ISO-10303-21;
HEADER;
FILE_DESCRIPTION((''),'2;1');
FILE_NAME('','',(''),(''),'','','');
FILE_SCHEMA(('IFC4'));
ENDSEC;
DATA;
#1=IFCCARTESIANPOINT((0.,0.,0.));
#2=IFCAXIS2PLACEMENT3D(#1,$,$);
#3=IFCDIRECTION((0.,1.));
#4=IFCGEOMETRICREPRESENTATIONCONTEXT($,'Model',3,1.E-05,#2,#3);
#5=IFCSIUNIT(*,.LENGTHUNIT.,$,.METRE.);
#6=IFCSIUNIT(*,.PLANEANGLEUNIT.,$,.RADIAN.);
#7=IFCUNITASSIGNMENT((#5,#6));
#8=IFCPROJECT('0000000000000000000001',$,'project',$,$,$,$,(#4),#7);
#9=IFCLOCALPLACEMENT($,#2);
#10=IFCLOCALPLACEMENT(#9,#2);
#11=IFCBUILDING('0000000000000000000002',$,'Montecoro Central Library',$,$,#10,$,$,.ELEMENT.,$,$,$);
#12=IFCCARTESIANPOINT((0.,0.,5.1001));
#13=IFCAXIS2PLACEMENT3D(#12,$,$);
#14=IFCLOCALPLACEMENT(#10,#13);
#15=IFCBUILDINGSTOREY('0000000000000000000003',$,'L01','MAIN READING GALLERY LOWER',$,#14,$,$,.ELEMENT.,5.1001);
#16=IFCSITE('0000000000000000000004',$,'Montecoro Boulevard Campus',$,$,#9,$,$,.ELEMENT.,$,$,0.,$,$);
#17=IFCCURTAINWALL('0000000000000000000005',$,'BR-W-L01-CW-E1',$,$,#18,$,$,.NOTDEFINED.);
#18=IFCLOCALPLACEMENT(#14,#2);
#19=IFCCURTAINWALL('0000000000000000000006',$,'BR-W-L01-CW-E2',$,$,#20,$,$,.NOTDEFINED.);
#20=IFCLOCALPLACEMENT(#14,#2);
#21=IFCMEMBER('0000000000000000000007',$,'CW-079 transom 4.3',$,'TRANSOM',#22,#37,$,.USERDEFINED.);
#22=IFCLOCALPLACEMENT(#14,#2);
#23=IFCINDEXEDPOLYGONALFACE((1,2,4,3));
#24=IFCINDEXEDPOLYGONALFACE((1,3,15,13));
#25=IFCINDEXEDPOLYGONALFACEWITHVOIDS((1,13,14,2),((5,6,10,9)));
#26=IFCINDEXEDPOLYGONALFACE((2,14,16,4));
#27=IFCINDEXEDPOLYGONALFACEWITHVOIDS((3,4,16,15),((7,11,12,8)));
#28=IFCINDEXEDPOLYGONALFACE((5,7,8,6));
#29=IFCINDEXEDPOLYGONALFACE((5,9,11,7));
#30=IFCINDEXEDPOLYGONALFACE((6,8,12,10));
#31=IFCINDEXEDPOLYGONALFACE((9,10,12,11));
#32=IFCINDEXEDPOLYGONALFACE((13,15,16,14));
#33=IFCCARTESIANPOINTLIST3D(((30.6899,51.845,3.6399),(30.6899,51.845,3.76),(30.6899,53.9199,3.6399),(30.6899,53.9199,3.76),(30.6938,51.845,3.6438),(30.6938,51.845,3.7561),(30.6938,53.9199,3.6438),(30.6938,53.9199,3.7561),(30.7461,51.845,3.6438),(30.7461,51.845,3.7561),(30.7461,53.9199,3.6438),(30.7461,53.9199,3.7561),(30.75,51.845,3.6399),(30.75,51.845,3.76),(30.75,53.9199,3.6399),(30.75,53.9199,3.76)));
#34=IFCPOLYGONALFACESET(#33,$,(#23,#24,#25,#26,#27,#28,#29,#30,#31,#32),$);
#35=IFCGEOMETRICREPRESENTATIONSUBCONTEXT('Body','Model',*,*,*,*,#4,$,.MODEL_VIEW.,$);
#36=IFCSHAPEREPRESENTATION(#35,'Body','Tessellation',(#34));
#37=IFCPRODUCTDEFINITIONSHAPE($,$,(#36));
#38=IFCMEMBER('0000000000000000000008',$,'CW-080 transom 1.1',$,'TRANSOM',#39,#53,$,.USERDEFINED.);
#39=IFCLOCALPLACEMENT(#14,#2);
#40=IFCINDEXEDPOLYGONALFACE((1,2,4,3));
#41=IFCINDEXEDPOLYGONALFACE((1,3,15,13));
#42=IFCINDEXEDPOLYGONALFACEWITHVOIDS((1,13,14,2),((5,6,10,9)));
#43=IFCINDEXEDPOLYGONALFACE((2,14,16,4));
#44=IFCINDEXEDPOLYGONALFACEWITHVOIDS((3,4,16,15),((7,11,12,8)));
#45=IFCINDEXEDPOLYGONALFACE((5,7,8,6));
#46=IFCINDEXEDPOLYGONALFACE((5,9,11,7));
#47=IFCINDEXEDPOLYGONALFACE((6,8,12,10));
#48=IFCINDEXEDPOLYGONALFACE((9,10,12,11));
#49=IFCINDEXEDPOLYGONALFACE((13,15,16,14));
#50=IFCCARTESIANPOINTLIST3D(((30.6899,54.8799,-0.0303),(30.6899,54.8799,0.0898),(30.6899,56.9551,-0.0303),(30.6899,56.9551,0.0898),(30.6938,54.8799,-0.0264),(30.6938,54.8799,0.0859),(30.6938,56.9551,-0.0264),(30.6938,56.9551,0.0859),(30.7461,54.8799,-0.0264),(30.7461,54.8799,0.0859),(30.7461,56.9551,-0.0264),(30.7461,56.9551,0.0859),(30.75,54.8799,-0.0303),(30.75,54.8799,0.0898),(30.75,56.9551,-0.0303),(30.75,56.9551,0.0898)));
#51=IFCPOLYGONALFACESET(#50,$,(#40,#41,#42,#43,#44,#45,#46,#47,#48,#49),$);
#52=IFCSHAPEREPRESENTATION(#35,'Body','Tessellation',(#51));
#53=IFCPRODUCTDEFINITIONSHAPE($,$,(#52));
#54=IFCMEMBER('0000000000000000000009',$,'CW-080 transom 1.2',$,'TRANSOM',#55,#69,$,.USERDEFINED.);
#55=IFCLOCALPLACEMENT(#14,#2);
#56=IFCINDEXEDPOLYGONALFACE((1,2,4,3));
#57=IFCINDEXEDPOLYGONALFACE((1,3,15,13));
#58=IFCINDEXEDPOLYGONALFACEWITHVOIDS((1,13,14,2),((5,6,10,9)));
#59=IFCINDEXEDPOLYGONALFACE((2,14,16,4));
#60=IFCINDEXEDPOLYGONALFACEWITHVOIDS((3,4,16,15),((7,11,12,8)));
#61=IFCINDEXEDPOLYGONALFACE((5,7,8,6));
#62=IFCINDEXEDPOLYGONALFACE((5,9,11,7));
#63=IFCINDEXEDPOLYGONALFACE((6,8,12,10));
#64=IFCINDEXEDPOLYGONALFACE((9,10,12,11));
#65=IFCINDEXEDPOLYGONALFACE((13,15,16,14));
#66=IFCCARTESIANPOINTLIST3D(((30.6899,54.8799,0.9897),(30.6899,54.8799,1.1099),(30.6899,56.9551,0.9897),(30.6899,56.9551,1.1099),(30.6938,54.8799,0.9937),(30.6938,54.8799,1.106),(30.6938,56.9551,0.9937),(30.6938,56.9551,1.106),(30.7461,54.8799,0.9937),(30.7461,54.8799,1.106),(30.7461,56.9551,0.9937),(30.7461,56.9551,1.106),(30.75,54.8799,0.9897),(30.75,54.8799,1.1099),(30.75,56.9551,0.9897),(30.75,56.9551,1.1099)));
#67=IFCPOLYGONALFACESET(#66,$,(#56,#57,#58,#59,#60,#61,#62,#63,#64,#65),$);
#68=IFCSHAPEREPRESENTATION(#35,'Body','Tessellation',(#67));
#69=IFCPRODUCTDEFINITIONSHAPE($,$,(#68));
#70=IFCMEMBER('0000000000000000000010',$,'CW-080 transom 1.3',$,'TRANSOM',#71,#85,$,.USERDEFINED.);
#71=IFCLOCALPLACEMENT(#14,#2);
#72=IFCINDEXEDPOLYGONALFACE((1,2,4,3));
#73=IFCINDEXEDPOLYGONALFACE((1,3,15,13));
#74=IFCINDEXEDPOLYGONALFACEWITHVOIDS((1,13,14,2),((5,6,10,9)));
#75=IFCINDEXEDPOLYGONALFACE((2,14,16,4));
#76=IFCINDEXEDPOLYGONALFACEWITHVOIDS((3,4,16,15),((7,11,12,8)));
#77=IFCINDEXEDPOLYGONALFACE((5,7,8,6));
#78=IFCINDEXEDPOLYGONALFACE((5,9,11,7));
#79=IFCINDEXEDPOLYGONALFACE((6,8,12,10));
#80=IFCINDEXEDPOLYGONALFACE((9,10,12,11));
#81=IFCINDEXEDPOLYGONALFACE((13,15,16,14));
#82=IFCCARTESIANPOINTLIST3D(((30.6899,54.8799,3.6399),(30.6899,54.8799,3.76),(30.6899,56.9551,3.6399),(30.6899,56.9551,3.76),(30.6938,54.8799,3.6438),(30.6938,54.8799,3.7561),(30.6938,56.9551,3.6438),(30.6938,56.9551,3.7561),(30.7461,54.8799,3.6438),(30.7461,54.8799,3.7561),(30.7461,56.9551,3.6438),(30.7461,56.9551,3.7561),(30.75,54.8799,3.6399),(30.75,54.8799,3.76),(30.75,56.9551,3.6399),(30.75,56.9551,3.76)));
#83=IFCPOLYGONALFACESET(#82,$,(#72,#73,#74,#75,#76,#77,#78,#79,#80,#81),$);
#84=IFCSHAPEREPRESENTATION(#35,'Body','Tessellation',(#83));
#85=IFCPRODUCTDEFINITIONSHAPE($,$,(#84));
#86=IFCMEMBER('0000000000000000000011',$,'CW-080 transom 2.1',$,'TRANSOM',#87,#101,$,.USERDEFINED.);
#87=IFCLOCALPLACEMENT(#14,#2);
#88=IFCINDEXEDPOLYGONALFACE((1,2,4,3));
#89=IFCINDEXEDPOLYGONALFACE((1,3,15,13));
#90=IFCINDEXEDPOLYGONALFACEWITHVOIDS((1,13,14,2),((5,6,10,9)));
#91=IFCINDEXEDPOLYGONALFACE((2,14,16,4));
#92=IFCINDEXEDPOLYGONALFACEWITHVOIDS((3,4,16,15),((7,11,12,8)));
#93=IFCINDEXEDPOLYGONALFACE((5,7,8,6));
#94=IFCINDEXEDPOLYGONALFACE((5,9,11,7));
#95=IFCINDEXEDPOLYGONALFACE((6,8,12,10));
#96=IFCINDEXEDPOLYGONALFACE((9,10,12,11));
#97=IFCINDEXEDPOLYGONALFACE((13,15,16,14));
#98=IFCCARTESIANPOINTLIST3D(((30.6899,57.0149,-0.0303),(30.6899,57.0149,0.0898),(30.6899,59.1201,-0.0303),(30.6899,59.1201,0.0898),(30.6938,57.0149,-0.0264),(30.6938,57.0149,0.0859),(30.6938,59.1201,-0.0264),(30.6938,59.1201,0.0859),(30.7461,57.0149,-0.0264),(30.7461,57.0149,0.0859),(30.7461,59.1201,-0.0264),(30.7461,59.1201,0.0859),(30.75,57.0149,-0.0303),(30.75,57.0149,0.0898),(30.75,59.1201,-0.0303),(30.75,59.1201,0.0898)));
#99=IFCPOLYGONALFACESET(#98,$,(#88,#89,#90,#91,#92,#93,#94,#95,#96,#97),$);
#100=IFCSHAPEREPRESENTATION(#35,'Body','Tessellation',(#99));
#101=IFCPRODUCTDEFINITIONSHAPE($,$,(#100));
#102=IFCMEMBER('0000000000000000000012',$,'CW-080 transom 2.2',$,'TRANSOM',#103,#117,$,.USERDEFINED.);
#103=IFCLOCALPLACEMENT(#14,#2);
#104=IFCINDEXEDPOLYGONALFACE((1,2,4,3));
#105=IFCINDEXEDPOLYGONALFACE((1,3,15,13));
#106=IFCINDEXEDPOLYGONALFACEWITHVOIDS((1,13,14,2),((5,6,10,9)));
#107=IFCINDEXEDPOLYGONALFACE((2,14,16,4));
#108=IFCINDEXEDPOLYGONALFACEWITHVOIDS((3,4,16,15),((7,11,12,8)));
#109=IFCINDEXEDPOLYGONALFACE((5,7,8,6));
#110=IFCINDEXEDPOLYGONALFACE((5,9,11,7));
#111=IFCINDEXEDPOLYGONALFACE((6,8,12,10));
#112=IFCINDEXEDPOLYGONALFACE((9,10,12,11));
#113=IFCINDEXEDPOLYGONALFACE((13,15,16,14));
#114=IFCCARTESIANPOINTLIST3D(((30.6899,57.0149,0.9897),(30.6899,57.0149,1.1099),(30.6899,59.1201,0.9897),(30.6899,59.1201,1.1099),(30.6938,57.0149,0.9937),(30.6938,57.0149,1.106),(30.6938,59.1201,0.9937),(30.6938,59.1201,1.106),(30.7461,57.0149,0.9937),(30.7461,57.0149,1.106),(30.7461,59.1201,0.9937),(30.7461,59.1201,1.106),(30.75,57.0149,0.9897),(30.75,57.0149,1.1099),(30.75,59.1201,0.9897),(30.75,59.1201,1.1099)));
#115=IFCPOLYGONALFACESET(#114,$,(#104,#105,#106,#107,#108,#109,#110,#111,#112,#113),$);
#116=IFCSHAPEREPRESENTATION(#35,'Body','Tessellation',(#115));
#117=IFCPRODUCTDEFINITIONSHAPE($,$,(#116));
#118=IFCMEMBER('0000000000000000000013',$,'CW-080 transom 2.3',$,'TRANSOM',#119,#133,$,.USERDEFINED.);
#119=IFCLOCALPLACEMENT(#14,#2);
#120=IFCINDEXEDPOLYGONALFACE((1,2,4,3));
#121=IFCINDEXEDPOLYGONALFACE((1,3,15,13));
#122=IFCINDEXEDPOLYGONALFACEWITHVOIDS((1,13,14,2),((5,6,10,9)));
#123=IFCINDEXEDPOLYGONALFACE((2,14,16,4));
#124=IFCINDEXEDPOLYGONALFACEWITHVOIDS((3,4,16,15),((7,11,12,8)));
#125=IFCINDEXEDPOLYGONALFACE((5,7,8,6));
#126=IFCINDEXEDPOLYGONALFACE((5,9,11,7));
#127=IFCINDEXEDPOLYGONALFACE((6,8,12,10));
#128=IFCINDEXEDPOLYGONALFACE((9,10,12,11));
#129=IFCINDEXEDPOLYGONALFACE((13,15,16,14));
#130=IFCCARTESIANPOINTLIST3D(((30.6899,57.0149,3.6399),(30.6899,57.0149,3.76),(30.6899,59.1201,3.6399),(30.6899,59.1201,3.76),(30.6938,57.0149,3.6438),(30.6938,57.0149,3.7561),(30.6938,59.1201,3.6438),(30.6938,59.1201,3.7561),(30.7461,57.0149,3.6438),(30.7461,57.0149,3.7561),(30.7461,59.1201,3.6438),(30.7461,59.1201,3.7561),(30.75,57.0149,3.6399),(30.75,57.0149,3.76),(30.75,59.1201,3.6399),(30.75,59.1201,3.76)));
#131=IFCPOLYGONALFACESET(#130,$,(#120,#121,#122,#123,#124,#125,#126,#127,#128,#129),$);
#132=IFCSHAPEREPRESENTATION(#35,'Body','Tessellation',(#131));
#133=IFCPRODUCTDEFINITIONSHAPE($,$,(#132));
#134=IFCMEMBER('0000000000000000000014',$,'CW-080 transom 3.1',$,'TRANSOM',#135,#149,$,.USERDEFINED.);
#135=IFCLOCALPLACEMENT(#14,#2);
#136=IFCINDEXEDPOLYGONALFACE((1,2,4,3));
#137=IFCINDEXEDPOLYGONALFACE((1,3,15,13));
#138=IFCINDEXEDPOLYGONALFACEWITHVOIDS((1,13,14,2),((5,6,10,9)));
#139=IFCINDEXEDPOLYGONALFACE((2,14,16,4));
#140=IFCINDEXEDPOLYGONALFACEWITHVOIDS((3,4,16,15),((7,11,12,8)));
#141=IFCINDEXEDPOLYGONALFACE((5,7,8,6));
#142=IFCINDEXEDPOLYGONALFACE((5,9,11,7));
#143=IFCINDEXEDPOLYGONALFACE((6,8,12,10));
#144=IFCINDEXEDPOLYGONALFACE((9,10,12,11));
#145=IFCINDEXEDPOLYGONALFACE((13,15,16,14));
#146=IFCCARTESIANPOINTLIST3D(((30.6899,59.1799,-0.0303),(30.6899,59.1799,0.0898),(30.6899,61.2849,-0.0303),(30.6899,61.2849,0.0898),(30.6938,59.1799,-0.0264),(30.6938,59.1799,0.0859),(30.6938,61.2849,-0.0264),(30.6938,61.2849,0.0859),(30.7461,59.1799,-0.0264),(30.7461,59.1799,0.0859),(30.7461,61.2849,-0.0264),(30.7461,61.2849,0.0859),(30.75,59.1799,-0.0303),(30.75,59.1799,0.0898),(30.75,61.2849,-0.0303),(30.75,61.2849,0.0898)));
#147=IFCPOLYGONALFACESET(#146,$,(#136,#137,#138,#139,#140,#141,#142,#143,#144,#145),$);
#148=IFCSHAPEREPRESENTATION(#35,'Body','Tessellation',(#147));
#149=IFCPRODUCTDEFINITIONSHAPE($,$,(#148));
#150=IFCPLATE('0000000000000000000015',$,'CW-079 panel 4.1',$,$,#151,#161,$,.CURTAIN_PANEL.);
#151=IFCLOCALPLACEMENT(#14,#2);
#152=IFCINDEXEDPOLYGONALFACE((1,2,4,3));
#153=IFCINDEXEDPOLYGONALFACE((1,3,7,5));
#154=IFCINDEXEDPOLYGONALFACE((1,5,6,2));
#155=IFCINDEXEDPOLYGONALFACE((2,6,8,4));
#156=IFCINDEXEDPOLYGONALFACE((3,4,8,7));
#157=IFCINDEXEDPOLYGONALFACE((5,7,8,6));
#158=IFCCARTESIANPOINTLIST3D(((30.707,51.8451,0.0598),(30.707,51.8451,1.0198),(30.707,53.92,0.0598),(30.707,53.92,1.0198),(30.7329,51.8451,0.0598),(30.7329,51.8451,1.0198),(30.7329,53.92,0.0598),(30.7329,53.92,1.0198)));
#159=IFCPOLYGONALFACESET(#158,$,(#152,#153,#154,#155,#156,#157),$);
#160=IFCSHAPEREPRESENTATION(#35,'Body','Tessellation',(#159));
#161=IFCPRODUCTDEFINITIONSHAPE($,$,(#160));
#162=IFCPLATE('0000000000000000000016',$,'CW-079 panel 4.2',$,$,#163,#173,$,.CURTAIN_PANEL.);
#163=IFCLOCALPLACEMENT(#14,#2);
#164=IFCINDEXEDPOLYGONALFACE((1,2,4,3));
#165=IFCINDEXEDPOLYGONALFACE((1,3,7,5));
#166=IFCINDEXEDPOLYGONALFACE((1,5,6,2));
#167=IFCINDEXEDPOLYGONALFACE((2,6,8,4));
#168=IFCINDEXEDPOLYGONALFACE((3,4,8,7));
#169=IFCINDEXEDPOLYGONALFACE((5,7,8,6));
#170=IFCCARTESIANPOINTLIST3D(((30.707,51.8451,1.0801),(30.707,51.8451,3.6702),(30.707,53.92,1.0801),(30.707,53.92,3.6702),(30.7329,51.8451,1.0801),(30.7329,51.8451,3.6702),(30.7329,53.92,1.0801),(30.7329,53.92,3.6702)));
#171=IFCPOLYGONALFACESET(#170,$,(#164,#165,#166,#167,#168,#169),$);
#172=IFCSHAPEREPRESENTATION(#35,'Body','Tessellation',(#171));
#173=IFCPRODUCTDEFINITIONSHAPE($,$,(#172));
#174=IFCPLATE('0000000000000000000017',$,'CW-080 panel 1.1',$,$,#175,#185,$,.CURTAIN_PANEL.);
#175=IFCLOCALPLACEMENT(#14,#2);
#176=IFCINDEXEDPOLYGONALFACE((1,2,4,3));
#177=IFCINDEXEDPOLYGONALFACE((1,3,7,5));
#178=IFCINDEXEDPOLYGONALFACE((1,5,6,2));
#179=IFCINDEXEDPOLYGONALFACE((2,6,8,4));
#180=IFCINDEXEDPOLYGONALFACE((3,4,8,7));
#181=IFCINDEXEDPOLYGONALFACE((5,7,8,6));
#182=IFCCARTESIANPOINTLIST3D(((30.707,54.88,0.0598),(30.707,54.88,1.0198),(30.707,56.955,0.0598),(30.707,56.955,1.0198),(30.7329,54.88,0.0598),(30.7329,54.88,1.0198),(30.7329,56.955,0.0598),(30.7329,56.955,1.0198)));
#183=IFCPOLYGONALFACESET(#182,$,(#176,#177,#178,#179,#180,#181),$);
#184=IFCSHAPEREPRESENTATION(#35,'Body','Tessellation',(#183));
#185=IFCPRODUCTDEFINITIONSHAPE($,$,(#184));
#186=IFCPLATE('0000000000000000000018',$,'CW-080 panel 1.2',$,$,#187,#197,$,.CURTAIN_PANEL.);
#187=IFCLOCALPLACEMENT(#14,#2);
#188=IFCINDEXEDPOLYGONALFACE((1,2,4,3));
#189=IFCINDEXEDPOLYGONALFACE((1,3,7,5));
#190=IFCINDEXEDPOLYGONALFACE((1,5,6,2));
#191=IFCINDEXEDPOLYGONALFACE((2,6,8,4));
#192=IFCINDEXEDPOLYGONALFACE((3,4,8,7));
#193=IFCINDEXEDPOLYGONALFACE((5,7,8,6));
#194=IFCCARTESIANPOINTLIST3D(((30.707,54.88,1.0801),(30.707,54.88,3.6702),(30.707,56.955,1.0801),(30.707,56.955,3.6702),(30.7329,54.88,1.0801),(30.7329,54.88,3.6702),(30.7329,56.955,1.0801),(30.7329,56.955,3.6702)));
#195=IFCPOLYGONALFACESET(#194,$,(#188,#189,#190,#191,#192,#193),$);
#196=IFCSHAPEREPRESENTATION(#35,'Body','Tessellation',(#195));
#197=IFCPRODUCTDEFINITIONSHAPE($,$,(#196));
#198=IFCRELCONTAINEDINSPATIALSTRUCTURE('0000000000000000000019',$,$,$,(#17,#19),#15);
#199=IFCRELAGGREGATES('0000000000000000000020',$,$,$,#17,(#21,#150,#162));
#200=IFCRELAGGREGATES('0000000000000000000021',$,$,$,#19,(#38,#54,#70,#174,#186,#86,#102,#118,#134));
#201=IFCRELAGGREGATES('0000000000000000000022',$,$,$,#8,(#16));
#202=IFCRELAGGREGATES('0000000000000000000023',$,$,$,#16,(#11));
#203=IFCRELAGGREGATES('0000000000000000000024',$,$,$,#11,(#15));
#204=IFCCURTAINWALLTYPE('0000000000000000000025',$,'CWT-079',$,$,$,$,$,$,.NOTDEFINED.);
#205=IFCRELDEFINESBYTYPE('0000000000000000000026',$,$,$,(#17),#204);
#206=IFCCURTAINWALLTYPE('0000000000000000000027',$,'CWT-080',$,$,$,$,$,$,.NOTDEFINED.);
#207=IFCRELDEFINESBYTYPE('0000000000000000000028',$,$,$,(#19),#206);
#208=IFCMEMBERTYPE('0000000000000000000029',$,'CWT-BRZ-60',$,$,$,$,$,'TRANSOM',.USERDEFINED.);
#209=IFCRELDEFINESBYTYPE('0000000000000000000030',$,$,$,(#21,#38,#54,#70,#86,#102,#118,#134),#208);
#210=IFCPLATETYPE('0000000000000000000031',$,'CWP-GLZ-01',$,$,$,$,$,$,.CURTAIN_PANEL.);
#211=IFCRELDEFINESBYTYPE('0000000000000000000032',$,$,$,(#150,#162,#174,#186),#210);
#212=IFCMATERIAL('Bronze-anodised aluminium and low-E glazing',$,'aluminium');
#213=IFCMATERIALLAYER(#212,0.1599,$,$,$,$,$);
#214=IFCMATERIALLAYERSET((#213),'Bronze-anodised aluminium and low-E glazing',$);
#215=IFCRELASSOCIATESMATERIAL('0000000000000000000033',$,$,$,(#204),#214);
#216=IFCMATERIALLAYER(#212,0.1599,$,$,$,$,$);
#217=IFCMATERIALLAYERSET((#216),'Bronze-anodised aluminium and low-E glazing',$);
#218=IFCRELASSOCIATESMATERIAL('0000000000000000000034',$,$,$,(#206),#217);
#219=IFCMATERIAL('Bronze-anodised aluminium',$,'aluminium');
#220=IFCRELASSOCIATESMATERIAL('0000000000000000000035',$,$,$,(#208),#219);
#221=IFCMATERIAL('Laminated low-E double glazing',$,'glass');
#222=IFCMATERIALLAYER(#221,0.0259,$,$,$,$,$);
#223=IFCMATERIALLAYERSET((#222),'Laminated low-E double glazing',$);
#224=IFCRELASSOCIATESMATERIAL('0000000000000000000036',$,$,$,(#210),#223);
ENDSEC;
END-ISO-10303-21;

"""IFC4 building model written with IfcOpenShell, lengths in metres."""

from ifc_helpers import new_model, si_unit, direction, frame, origin, origin_2d, place, context, subcontext, project, spatial, rectangle, hollow_rectangle, extrude, material, layer, layer_set, material_profile, profile_set, type_object, element, aggregate, save


model = new_model("IFC4")

# Units and contexts
model_context = context("Model", 3, precision=1e-05, world=origin(), true_north=direction((0.0, 1.0)))
body_context = subcontext(model_context, "Body", "Model", "MODEL_VIEW")
ifc_project = project(units=[si_unit("LENGTHUNIT", "METRE"), si_unit("PLANEANGLEUNIT", "RADIAN")], contexts=[model_context])

# Site, building, storey
site_placement = place(None, origin())
site = spatial("IfcSite", under=ifc_project, at=site_placement, Name="Montecoro Boulevard Campus", CompositionType="ELEMENT", RefElevation=0.0)
building_placement = place(site_placement, origin())
building = spatial("IfcBuilding", under=site, at=building_placement, Name="Montecoro Central Library", CompositionType="ELEMENT")
storey_placement = place(building_placement, frame((0.0, 0.0, 5.1001)))
storey = spatial("IfcBuildingStorey", under=building, at=storey_placement, Name="L01", Description="MAIN READING GALLERY LOWER", CompositionType="ELEMENT", Elevation=5.1001)

# Curtain wall
ifc_material_1 = material(Name="Bronze-anodised aluminium and low-E glazing", Category="aluminium")
ifc_layer_1 = layer(ifc_material_1, 0.1599)
ifc_layer_set_1 = layer_set([ifc_layer_1], Name="Bronze-anodised aluminium and low-E glazing")
curtain_wall_type_1 = type_object("IfcCurtainWallType", Name="CWT-079", PredefinedType="NOTDEFINED", material=ifc_layer_set_1)
curtain_wall_1_placement = place(storey_placement, origin())
curtain_wall_1 = element("IfcCurtainWall", 1, at=curtain_wall_1_placement, inside=storey, type_object=curtain_wall_type_1, Name="BR-W-L01-CW-E1", PredefinedType="NOTDEFINED")
ifc_material_2 = material(Name="Bronze-anodised aluminium", Category="aluminium")

# Curtain wall
ifc_layer_2 = layer(ifc_material_1, 0.1599)
ifc_layer_set_2 = layer_set([ifc_layer_2], Name="Bronze-anodised aluminium and low-E glazing")
curtain_wall_type_2 = type_object("IfcCurtainWallType", Name="CWT-080", PredefinedType="NOTDEFINED", material=ifc_layer_set_2)
curtain_wall_2_placement = place(storey_placement, origin())
curtain_wall_2 = element("IfcCurtainWall", 2, at=curtain_wall_2_placement, inside=storey, type_object=curtain_wall_type_2, Name="BR-W-L01-CW-E2", PredefinedType="NOTDEFINED")

# Members
ifc_material_profile_1 = material_profile(ifc_material_2, hollow_rectangle(XDim=0.0601, YDim=0.1201, WallThickness=0.0039, at=origin_2d()), Name="CWT 120x60x4.0")
ifc_profile_set_1 = profile_set([ifc_material_profile_1], Name="Bronze-anodised aluminium")
member_type_1 = type_object("IfcMemberType", Name="CWT-BRZ-60", ElementType="TRANSOM", PredefinedType="USERDEFINED", material=ifc_profile_set_1)
member_1_placement = place(storey_placement, frame((30.72, 51.845, 3.7), z_axis=(0.0, 1.0, 0.0), x_axis=(-1.0, 0.0, 0.0)))
member_1 = element("IfcMember", 3, at=member_1_placement, type_object=member_type_1, Name="CW-079 transom 4.3", ObjectType="TRANSOM", PredefinedType="USERDEFINED", context=body_context, shape_type="SweptSolid", body=[
    extrude(hollow_rectangle(XDim=0.0601, YDim=0.1201, WallThickness=0.0039, at=origin_2d()), origin(), (0.0, 0.0, 1.0), 2.075),
])
member_2_placement = place(storey_placement, frame((30.72, 54.8799, 0.0298), z_axis=(0.0, 1.0, 0.0), x_axis=(-1.0, 0.0, 0.0)))
member_2 = element("IfcMember", 4, at=member_2_placement, type_object=member_type_1, Name="CW-080 transom 1.1", ObjectType="TRANSOM", PredefinedType="USERDEFINED", context=body_context, shape_type="SweptSolid", body=[
    extrude(hollow_rectangle(XDim=0.0601, YDim=0.1201, WallThickness=0.0039, at=origin_2d()), origin(), (0.0, 0.0, 1.0), 2.0752),
])
member_3_placement = place(storey_placement, frame((30.72, 54.8799, 1.0498), z_axis=(0.0, 1.0, 0.0), x_axis=(-1.0, 0.0, 0.0)))
member_3 = element("IfcMember", 5, at=member_3_placement, type_object=member_type_1, Name="CW-080 transom 1.2", ObjectType="TRANSOM", PredefinedType="USERDEFINED", context=body_context, shape_type="SweptSolid", body=[
    extrude(hollow_rectangle(XDim=0.0601, YDim=0.1201, WallThickness=0.0039, at=origin_2d()), origin(), (0.0, 0.0, 1.0), 2.0752),
])
member_4_placement = place(storey_placement, frame((30.72, 54.8799, 3.7), z_axis=(0.0, 1.0, 0.0), x_axis=(-1.0, 0.0, 0.0)))
member_4 = element("IfcMember", 6, at=member_4_placement, type_object=member_type_1, Name="CW-080 transom 1.3", ObjectType="TRANSOM", PredefinedType="USERDEFINED", context=body_context, shape_type="SweptSolid", body=[
    extrude(hollow_rectangle(XDim=0.0601, YDim=0.1201, WallThickness=0.0039, at=origin_2d()), origin(), (0.0, 0.0, 1.0), 2.0752),
])
member_5_placement = place(storey_placement, frame((30.72, 57.0149, 0.0298), z_axis=(0.0, 1.0, 0.0), x_axis=(-1.0, 0.0, 0.0)))
member_5 = element("IfcMember", 7, at=member_5_placement, type_object=member_type_1, Name="CW-080 transom 2.1", ObjectType="TRANSOM", PredefinedType="USERDEFINED", context=body_context, shape_type="SweptSolid", body=[
    extrude(hollow_rectangle(XDim=0.0601, YDim=0.1201, WallThickness=0.0039, at=origin_2d()), origin(), (0.0, 0.0, 1.0), 2.1052),
])
member_6_placement = place(storey_placement, frame((30.72, 57.0149, 1.0498), z_axis=(0.0, 1.0, 0.0), x_axis=(-1.0, 0.0, 0.0)))
member_6 = element("IfcMember", 8, at=member_6_placement, type_object=member_type_1, Name="CW-080 transom 2.2", ObjectType="TRANSOM", PredefinedType="USERDEFINED", context=body_context, shape_type="SweptSolid", body=[
    extrude(hollow_rectangle(XDim=0.0601, YDim=0.1201, WallThickness=0.0039, at=origin_2d()), origin(), (0.0, 0.0, 1.0), 2.1052),
])
member_7_placement = place(storey_placement, frame((30.72, 57.0149, 3.7), z_axis=(0.0, 1.0, 0.0), x_axis=(-1.0, 0.0, 0.0)))
member_7 = element("IfcMember", 9, at=member_7_placement, type_object=member_type_1, Name="CW-080 transom 2.3", ObjectType="TRANSOM", PredefinedType="USERDEFINED", context=body_context, shape_type="SweptSolid", body=[
    extrude(hollow_rectangle(XDim=0.0601, YDim=0.1201, WallThickness=0.0039, at=origin_2d()), origin(), (0.0, 0.0, 1.0), 2.1052),
])
member_8_placement = place(storey_placement, frame((30.72, 59.1799, 0.0298), z_axis=(0.0, 1.0, 0.0), x_axis=(-1.0, 0.0, 0.0)))
member_8 = element("IfcMember", 10, at=member_8_placement, type_object=member_type_1, Name="CW-080 transom 3.1", ObjectType="TRANSOM", PredefinedType="USERDEFINED", context=body_context, shape_type="SweptSolid", body=[
    extrude(hollow_rectangle(XDim=0.0601, YDim=0.1201, WallThickness=0.0039, at=origin_2d()), origin(), (0.0, 0.0, 1.0), 2.105),
])

# Plates
ifc_material_3 = material(Name="Laminated low-E double glazing", Category="glass")
ifc_layer_3 = layer(ifc_material_3, 0.0259)
ifc_layer_set_3 = layer_set([ifc_layer_3], Name="Laminated low-E double glazing")
plate_type = type_object("IfcPlateType", Name="CWP-GLZ-01", PredefinedType="CURTAIN_PANEL", material=ifc_layer_set_3)
plate_1_placement = place(storey_placement, frame((30.72, 52.8826, 0.0598), z_axis=(0.0, 0.0, 1.0), x_axis=(0.0, 1.0, 0.0)))
plate_1 = element("IfcPlate", 11, at=plate_1_placement, type_object=plate_type, Name="CW-079 panel 4.1", PredefinedType="CURTAIN_PANEL", context=body_context, shape_type="SweptSolid", body=[
    extrude(rectangle(XDim=2.075, YDim=0.0259, at=origin_2d()), origin(), (0.0, 0.0, 1.0), 0.96),
])
plate_2_placement = place(storey_placement, frame((30.72, 52.8826, 1.0801), z_axis=(0.0, 0.0, 1.0), x_axis=(0.0, 1.0, 0.0)))
plate_2 = element("IfcPlate", 12, at=plate_2_placement, type_object=plate_type, Name="CW-079 panel 4.2", PredefinedType="CURTAIN_PANEL", context=body_context, shape_type="SweptSolid", body=[
    extrude(rectangle(XDim=2.075, YDim=0.0259, at=origin_2d()), origin(), (0.0, 0.0, 1.0), 2.5901),
])
aggregate(curtain_wall_1, [member_1, plate_1, plate_2])
plate_3_placement = place(storey_placement, frame((30.72, 55.9175, 0.0598), z_axis=(0.0, 0.0, 1.0), x_axis=(0.0, 1.0, 0.0)))
plate_3 = element("IfcPlate", 13, at=plate_3_placement, type_object=plate_type, Name="CW-080 panel 1.1", PredefinedType="CURTAIN_PANEL", context=body_context, shape_type="SweptSolid", body=[
    extrude(rectangle(XDim=2.075, YDim=0.0259, at=origin_2d()), origin(), (0.0, 0.0, 1.0), 0.96),
])
plate_4_placement = place(storey_placement, frame((30.72, 55.9175, 1.0801), z_axis=(0.0, 0.0, 1.0), x_axis=(0.0, 1.0, 0.0)))
plate_4 = element("IfcPlate", 14, at=plate_4_placement, type_object=plate_type, Name="CW-080 panel 1.2", PredefinedType="CURTAIN_PANEL", context=body_context, shape_type="SweptSolid", body=[
    extrude(rectangle(XDim=2.075, YDim=0.0259, at=origin_2d()), origin(), (0.0, 0.0, 1.0), 2.5901),
])
aggregate(curtain_wall_2, [member_2, member_3, member_4, plate_3, plate_4, member_5, member_6, member_7, member_8])

save(model, "model.ifc")
